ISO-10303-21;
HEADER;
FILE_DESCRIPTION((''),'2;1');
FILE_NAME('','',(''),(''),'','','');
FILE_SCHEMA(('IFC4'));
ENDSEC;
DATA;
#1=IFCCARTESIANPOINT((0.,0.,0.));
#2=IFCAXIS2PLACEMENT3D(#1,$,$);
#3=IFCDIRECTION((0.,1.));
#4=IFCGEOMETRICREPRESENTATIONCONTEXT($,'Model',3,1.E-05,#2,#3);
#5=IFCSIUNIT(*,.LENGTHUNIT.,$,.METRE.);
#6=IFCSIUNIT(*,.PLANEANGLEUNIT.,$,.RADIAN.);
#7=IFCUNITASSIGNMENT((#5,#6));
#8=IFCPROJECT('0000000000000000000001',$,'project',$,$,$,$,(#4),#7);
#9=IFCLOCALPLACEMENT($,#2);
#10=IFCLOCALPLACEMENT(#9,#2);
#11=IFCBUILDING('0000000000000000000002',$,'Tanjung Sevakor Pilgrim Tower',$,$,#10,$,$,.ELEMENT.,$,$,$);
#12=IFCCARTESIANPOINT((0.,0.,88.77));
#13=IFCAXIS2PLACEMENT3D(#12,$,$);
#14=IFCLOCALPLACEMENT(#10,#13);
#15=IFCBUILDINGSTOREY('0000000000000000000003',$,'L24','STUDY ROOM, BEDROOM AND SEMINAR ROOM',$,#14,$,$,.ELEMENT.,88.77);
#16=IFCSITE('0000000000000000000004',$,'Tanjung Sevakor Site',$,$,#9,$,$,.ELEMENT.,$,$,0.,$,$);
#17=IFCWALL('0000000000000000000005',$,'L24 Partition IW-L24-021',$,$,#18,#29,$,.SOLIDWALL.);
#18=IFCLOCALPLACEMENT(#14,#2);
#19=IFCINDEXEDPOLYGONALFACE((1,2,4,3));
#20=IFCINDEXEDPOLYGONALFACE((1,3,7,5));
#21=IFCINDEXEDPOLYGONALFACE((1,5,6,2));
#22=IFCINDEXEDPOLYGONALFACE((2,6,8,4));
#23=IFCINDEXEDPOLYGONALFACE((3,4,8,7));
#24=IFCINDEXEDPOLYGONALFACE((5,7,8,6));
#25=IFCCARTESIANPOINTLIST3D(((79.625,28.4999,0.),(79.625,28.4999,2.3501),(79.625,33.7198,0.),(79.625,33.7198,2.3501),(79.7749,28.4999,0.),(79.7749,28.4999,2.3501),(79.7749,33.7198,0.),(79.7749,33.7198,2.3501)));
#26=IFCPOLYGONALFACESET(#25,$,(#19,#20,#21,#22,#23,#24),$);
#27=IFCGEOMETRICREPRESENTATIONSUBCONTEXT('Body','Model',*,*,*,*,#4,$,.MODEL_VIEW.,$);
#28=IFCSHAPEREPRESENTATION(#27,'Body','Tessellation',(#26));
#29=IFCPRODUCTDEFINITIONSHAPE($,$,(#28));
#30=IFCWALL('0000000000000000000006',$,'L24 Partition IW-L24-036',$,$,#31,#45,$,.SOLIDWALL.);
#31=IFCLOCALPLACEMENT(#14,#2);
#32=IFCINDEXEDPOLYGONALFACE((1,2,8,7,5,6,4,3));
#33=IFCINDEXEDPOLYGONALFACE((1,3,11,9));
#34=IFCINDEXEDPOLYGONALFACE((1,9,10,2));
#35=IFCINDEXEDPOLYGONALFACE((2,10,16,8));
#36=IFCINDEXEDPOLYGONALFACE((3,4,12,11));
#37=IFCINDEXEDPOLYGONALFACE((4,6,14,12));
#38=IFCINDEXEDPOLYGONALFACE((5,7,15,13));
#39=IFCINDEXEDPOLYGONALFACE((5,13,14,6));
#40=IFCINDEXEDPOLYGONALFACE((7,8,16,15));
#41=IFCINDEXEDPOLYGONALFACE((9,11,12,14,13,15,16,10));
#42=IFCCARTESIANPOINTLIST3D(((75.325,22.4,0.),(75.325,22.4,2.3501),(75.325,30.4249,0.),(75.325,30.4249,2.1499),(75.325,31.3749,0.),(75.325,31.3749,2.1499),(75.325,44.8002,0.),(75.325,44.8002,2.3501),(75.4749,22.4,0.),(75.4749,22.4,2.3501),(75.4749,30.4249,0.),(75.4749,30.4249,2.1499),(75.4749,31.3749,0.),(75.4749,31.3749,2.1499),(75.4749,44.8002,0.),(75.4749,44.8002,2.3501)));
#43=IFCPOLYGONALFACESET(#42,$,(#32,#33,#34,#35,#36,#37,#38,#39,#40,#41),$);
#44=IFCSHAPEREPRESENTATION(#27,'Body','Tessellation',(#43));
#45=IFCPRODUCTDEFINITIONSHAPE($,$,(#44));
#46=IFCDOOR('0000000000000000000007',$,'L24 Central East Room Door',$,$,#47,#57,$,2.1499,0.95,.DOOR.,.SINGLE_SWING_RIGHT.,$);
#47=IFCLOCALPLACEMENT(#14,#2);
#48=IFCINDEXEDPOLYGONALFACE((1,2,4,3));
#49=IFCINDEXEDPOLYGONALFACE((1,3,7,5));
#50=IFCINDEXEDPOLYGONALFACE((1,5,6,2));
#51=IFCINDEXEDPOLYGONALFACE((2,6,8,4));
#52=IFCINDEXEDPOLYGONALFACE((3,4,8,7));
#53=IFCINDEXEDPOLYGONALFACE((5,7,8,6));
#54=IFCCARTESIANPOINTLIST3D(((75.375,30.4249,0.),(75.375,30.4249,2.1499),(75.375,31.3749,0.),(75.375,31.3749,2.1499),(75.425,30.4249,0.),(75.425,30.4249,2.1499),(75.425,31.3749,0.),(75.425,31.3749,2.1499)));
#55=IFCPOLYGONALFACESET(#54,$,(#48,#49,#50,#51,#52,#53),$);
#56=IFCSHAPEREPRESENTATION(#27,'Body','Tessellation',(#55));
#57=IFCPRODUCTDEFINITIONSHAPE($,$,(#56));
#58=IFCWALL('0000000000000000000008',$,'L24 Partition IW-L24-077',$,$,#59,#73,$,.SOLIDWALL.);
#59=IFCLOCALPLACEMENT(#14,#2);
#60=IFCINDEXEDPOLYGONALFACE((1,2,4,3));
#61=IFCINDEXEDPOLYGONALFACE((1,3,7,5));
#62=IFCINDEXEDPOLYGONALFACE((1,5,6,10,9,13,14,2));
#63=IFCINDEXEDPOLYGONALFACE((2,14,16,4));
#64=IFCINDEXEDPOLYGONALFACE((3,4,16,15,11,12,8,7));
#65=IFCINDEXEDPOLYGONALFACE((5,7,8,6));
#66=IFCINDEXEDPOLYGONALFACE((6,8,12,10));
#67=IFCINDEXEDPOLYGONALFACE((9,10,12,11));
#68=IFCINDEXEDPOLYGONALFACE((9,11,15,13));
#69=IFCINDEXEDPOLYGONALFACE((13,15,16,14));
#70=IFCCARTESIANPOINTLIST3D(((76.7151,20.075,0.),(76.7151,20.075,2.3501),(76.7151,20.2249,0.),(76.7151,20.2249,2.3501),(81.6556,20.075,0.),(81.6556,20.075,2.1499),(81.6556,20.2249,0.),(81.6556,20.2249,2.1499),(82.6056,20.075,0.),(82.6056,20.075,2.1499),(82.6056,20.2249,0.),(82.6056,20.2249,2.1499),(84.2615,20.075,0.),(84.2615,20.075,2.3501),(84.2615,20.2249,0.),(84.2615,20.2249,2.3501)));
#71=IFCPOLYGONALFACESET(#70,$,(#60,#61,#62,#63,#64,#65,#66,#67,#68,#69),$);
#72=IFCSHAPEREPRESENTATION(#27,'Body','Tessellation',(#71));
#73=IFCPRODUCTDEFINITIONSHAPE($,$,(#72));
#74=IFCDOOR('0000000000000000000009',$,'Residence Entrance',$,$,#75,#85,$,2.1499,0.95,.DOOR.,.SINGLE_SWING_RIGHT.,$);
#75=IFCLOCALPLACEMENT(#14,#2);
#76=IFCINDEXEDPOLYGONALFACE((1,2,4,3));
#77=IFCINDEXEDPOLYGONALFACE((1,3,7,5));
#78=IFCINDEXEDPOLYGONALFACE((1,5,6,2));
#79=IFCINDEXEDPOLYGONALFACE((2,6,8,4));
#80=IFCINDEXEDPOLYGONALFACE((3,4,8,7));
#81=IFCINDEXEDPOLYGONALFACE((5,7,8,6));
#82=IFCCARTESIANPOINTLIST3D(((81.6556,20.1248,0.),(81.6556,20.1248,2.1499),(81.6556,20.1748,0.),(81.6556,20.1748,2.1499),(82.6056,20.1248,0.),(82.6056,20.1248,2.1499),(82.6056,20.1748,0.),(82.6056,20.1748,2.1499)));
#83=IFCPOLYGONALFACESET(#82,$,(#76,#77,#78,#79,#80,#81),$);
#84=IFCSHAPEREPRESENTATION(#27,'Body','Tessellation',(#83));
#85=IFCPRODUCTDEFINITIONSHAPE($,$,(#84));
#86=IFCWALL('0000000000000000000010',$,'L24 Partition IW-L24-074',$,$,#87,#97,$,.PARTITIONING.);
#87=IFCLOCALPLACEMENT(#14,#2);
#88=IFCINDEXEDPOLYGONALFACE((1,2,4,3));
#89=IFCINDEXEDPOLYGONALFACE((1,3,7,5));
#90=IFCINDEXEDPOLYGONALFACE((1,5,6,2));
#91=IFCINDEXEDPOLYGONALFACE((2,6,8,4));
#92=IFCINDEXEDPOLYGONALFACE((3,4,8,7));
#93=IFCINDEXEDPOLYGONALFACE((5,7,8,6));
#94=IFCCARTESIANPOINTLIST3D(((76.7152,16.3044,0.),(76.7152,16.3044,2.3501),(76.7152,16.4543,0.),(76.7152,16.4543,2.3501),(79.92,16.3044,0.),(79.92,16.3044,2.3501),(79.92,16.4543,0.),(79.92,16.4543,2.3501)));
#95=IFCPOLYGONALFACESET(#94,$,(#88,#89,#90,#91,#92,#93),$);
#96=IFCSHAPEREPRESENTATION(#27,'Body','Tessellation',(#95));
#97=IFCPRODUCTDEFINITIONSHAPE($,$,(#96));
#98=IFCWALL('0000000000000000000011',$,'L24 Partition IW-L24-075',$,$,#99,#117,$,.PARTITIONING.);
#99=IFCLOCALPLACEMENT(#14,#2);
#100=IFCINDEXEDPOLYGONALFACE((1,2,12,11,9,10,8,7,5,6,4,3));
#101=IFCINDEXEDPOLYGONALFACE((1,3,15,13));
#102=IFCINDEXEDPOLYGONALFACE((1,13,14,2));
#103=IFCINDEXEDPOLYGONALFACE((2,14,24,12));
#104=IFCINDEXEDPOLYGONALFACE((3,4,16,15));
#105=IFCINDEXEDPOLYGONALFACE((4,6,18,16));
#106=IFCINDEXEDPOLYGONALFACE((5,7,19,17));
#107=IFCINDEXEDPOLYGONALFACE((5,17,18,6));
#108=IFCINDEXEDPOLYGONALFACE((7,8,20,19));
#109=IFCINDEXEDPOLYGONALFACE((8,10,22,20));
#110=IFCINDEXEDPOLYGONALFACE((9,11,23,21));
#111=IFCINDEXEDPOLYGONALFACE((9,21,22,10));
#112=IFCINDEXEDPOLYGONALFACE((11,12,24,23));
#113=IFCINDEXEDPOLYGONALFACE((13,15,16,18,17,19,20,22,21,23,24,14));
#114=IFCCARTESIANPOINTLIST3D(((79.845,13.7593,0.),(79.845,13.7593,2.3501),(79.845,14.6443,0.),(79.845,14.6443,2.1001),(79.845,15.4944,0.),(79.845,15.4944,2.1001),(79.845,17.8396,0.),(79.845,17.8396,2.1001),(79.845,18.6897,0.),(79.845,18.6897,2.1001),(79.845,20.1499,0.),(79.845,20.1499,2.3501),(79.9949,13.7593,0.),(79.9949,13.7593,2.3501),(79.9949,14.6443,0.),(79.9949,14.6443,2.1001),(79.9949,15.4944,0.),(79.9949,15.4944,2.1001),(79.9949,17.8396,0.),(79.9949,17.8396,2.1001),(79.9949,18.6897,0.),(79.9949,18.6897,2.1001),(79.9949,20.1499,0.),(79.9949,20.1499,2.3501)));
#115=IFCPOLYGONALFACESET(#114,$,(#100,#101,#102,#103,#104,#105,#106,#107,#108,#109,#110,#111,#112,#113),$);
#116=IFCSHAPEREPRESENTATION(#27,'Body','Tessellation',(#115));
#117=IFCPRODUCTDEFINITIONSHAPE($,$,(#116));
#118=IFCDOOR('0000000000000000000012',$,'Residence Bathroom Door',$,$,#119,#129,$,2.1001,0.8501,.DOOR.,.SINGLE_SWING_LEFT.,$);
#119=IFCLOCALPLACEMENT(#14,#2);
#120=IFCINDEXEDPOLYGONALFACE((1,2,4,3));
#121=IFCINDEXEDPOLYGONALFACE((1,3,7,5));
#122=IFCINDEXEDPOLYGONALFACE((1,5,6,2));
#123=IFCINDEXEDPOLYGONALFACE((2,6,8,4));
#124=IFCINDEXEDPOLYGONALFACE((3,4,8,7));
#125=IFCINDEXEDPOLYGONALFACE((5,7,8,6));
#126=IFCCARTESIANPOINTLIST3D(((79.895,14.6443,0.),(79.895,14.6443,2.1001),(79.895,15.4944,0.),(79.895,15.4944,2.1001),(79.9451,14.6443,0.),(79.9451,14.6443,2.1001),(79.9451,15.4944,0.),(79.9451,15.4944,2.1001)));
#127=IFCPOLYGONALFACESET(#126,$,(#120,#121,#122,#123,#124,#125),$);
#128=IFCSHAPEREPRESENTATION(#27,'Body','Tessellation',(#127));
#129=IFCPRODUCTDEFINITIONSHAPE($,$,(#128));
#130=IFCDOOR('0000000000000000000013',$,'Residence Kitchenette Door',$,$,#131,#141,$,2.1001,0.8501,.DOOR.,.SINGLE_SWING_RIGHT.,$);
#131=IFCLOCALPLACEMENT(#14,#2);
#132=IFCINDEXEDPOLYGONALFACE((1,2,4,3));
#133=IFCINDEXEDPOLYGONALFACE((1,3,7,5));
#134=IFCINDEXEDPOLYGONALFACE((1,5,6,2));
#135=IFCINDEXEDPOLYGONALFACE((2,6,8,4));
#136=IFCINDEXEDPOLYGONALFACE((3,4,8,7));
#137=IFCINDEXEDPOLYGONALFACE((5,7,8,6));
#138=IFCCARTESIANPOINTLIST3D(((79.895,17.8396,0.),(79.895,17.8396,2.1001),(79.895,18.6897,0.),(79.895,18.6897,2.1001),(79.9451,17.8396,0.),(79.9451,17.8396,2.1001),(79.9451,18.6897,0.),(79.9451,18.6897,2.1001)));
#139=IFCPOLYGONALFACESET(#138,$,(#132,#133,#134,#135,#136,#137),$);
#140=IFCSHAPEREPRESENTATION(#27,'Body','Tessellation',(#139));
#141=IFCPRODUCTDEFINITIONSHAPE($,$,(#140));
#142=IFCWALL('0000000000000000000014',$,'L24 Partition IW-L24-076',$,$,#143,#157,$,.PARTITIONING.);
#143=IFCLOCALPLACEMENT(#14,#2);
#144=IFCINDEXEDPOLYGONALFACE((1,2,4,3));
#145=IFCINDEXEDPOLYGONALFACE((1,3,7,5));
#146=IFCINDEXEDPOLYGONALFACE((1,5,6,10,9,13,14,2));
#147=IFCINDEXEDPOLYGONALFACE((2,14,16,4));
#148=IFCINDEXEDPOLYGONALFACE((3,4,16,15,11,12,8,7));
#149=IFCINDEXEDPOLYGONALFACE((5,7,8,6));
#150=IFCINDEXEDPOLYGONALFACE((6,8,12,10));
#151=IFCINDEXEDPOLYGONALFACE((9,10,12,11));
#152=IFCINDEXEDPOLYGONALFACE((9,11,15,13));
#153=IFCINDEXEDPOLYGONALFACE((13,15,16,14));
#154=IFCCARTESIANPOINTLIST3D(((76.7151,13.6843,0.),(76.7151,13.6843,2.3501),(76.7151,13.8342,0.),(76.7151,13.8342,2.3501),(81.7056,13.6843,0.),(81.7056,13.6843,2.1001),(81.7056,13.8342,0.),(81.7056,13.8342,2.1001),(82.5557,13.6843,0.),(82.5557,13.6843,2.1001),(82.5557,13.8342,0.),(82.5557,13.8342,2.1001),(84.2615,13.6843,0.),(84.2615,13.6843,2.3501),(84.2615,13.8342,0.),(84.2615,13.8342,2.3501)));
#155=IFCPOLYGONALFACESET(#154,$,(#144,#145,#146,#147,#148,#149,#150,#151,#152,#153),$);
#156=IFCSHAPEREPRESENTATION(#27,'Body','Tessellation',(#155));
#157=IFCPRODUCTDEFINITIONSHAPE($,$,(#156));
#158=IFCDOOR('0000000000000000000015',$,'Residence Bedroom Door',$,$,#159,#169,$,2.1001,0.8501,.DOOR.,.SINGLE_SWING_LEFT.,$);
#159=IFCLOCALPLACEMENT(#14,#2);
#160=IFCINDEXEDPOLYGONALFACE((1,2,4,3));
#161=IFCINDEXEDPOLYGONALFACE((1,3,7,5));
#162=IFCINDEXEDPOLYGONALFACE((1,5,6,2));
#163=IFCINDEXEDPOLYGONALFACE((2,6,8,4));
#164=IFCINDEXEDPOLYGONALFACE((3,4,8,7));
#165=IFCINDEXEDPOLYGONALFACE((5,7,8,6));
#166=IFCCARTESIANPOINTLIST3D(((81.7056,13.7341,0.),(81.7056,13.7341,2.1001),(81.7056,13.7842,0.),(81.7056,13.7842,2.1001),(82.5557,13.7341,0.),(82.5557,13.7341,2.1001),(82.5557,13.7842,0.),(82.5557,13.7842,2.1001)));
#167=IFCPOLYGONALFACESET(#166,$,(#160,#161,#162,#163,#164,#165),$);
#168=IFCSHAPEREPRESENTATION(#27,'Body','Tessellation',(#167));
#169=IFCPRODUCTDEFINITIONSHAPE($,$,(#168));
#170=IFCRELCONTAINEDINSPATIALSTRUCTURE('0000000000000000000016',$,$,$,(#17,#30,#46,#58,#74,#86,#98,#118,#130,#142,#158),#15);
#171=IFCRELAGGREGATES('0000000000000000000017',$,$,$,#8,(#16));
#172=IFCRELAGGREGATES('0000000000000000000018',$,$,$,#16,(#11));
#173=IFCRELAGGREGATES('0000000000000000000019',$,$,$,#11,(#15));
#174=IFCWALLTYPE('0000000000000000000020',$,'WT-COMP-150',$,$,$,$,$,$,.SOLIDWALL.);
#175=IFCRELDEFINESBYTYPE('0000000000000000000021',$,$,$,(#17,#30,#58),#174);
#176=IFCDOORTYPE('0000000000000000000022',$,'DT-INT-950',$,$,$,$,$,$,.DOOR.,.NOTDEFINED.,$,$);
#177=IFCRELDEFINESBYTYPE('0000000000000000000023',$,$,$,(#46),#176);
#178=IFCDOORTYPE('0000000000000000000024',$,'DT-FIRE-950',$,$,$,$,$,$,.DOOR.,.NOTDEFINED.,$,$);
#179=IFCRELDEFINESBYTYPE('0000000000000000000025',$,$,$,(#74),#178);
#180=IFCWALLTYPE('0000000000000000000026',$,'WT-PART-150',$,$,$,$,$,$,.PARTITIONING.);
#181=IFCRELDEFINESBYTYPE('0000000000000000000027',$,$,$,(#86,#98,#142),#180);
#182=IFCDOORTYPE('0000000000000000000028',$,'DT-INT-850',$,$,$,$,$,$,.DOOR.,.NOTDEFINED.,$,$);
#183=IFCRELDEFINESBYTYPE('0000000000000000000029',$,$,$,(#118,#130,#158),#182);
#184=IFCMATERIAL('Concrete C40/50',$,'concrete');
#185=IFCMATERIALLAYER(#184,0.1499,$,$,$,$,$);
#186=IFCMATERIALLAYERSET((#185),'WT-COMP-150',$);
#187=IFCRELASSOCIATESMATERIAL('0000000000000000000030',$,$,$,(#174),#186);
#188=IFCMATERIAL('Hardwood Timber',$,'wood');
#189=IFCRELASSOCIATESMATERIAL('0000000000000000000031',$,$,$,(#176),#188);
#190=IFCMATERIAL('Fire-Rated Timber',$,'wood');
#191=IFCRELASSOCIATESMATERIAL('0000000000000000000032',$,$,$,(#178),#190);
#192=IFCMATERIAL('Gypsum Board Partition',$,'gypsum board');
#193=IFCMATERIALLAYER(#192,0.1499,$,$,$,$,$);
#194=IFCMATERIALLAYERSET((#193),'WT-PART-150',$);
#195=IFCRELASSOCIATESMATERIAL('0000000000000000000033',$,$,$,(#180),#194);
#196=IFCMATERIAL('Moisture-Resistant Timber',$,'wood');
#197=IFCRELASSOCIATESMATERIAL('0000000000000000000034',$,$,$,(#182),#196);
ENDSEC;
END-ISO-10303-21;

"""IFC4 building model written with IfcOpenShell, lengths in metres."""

from ifc_helpers import new_model, si_unit, direction, frame, frame_2d, origin, place, context, subcontext, project, spatial, rectangle, extrude, material, layer, layer_set, type_object, element, fill, save


model = new_model("IFC4")

# Units and contexts
model_context = context("Model", 3, precision=1e-05, world=origin(), true_north=direction((0.0, 1.0)))
body_context = subcontext(model_context, "Body", "Model", "MODEL_VIEW")
ifc_project = project(units=[si_unit("LENGTHUNIT", "METRE"), si_unit("PLANEANGLEUNIT", "RADIAN")], contexts=[model_context])

# Site, building, storey
site_placement = place(None, origin())
site = spatial("IfcSite", under=ifc_project, at=site_placement, Name="Tanjung Sevakor Site", CompositionType="ELEMENT", RefElevation=0.0)
building_placement = place(site_placement, origin())
building = spatial("IfcBuilding", under=site, at=building_placement, Name="Tanjung Sevakor Pilgrim Tower", CompositionType="ELEMENT")
storey_placement = place(building_placement, frame((0.0, 0.0, 88.77)))
storey = spatial("IfcBuildingStorey", under=building, at=storey_placement, Name="L24", Description="STUDY ROOM, BEDROOM AND SEMINAR ROOM", CompositionType="ELEMENT", Elevation=88.77)

# Wall
ifc_material_1 = material(Name="Concrete C40/50", Category="concrete")
ifc_layer_1 = layer(ifc_material_1, 0.1499)
ifc_layer_set_1 = layer_set([ifc_layer_1], Name="WT-COMP-150")
wall_type_1 = type_object("IfcWallType", Name="WT-COMP-150", PredefinedType="SOLIDWALL", material=ifc_layer_set_1)
wall_1_placement = place(storey_placement, frame((79.7, 28.5, 0.0), z_axis=(0.0, 0.0, 1.0), x_axis=(0.0, 1.0, 0.0)))
element("IfcWall", 1, at=wall_1_placement, inside=storey, type_object=wall_type_1, Name="L24 Partition IW-L24-021", PredefinedType="SOLIDWALL", context=body_context, shape_type="SweptSolid", body=[
    extrude(rectangle(XDim=5.22, YDim=0.1499, at=frame_2d((2.6099, 0.0))), origin(), (0.0, 0.0, 1.0), 2.3501),
])

# Walls, openings, doors
wall_2_placement = place(storey_placement, frame((75.3999, 22.3999, 0.0), z_axis=(0.0, 0.0, 1.0), x_axis=(0.0, 1.0, 0.0)))
wall_2 = element("IfcWall", 2, at=wall_2_placement, inside=storey, type_object=wall_type_1, Name="L24 Partition IW-L24-036", PredefinedType="SOLIDWALL", context=body_context, shape_type="SweptSolid", body=[
    extrude(rectangle(XDim=22.4001, YDim=0.1499, at=frame_2d((11.2002, 0.0))), origin(), (0.0, 0.0, 1.0), 2.3501),
])
opening_1_placement = place(wall_2_placement, frame((8.0249, 0.0, 0.0)))
opening_1 = element("IfcOpeningElement", 3, at=opening_1_placement, cuts=wall_2, PredefinedType="OPENING", context=body_context, shape_type="SweptSolid", body=[
    extrude(rectangle(XDim=0.95, YDim=2.1499, at=frame_2d((0.4751, 1.075))), frame((0.0, 0.085, 0.0), z_axis=(0.0, -1.0, 0.0), x_axis=(1.0, 0.0, 0.0)), (0.0, 0.0, 1.0), 0.1699),
])
ifc_material_2 = material(Name="Hardwood Timber", Category="wood")
door_type_1 = type_object("IfcDoorType", Name="DT-INT-950", OperationType="NOTDEFINED", PredefinedType="DOOR", material=ifc_material_2)
door_1_placement = place(opening_1_placement, origin())
door_1 = element("IfcDoor", 4, at=door_1_placement, inside=storey, type_object=door_type_1, Name="L24 Central East Room Door", OperationType="SINGLE_SWING_RIGHT", OverallHeight=2.1499, OverallWidth=0.95, PredefinedType="DOOR", context=body_context, shape_type="SweptSolid", body=[
    extrude(rectangle(XDim=0.95, YDim=2.1499, at=frame_2d((0.4751, 1.075))), frame((0.0, 0.0249, 0.0), z_axis=(0.0, -1.0, 0.0), x_axis=(1.0, 0.0, 0.0)), (0.0, 0.0, 1.0), 0.05),
])
fill(opening_1, door_1)
wall_3_placement = place(storey_placement, frame((76.7151, 20.1499, 0.0), z_axis=(0.0, 0.0, 1.0), x_axis=(1.0, 0.0, 0.0)))
wall_3 = element("IfcWall", 5, at=wall_3_placement, inside=storey, type_object=wall_type_1, Name="L24 Partition IW-L24-077", PredefinedType="SOLIDWALL", context=body_context, shape_type="SweptSolid", body=[
    extrude(rectangle(XDim=7.5464, YDim=0.1499, at=frame_2d((3.7732, 0.0))), origin(), (0.0, 0.0, 1.0), 2.3501),
])
opening_2_placement = place(wall_3_placement, frame((4.9404, 0.0, 0.0)))
opening_2 = element("IfcOpeningElement", 6, at=opening_2_placement, cuts=wall_3, PredefinedType="OPENING", context=body_context, shape_type="SweptSolid", body=[
    extrude(rectangle(XDim=0.95, YDim=2.1499, at=frame_2d((0.4751, 1.075))), frame((0.0, 0.085, 0.0), z_axis=(0.0, -1.0, 0.0), x_axis=(1.0, 0.0, 0.0)), (0.0, 0.0, 1.0), 0.1699),
])
ifc_material_3 = material(Name="Fire-Rated Timber", Category="wood")
door_type_2 = type_object("IfcDoorType", Name="DT-FIRE-950", OperationType="NOTDEFINED", PredefinedType="DOOR", material=ifc_material_3)
door_2_placement = place(opening_2_placement, origin())
door_2 = element("IfcDoor", 7, at=door_2_placement, inside=storey, type_object=door_type_2, Name="Residence Entrance", OperationType="SINGLE_SWING_RIGHT", OverallHeight=2.1499, OverallWidth=0.95, PredefinedType="DOOR", context=body_context, shape_type="SweptSolid", body=[
    extrude(rectangle(XDim=0.95, YDim=2.1499, at=frame_2d((0.4751, 1.075))), frame((0.0, 0.0249, 0.0), z_axis=(0.0, -1.0, 0.0), x_axis=(1.0, 0.0, 0.0)), (0.0, 0.0, 1.0), 0.05),
])
fill(opening_2, door_2)

# Wall
ifc_material_4 = material(Name="Gypsum Board Partition", Category="gypsum board")
ifc_layer_2 = layer(ifc_material_4, 0.1499)
ifc_layer_set_2 = layer_set([ifc_layer_2], Name="WT-PART-150")
wall_type_2 = type_object("IfcWallType", Name="WT-PART-150", PredefinedType="PARTITIONING", material=ifc_layer_set_2)
wall_4_placement = place(storey_placement, frame((76.7151, 16.3794, 0.0), z_axis=(0.0, 0.0, 1.0), x_axis=(1.0, 0.0, 0.0)))
element("IfcWall", 8, at=wall_4_placement, inside=storey, type_object=wall_type_2, Name="L24 Partition IW-L24-074", PredefinedType="PARTITIONING", context=body_context, shape_type="SweptSolid", body=[
    extrude(rectangle(XDim=3.2048, YDim=0.1499, at=frame_2d((1.6025, 0.0))), origin(), (0.0, 0.0, 1.0), 2.3501),
])

# Wall, openings, doors
wall_5_placement = place(storey_placement, frame((79.9199, 13.7593, 0.0), z_axis=(0.0, 0.0, 1.0), x_axis=(0.0, 1.0, 0.0)))
wall_5 = element("IfcWall", 9, at=wall_5_placement, inside=storey, type_object=wall_type_2, Name="L24 Partition IW-L24-075", PredefinedType="PARTITIONING", context=body_context, shape_type="SweptSolid", body=[
    extrude(rectangle(XDim=6.3906, YDim=0.1499, at=frame_2d((3.1953, 0.0))), origin(), (0.0, 0.0, 1.0), 2.3501),
])
opening_3_placement = place(wall_5_placement, frame((0.885, 0.0, 0.0)))
opening_3 = element("IfcOpeningElement", 10, at=opening_3_placement, cuts=wall_5, PredefinedType="OPENING", context=body_context, shape_type="SweptSolid", body=[
    extrude(rectangle(XDim=0.8501, YDim=2.1001, at=frame_2d((0.425, 1.05))), frame((0.0, 0.085, 0.0), z_axis=(0.0, -1.0, 0.0), x_axis=(1.0, 0.0, 0.0)), (0.0, 0.0, 1.0), 0.1699),
])
opening_4_placement = place(wall_5_placement, frame((4.0803, 0.0, 0.0)))
opening_4 = element("IfcOpeningElement", 11, at=opening_4_placement, cuts=wall_5, PredefinedType="OPENING", context=body_context, shape_type="SweptSolid", body=[
    extrude(rectangle(XDim=0.8501, YDim=2.1001, at=frame_2d((0.425, 1.05))), frame((0.0, 0.085, 0.0), z_axis=(0.0, -1.0, 0.0), x_axis=(1.0, 0.0, 0.0)), (0.0, 0.0, 1.0), 0.1699),
])
ifc_material_5 = material(Name="Moisture-Resistant Timber", Category="wood")
door_type_3 = type_object("IfcDoorType", Name="DT-INT-850", OperationType="NOTDEFINED", PredefinedType="DOOR", material=ifc_material_5)
door_3_placement = place(opening_3_placement, origin())
door_3 = element("IfcDoor", 12, at=door_3_placement, inside=storey, type_object=door_type_3, Name="Residence Bathroom Door", OperationType="SINGLE_SWING_LEFT", OverallHeight=2.1001, OverallWidth=0.8501, PredefinedType="DOOR", context=body_context, shape_type="SweptSolid", body=[
    extrude(rectangle(XDim=0.8501, YDim=2.1001, at=frame_2d((0.425, 1.05))), frame((0.0, 0.0249, 0.0), z_axis=(0.0, -1.0, 0.0), x_axis=(1.0, 0.0, 0.0)), (0.0, 0.0, 1.0), 0.05),
])
fill(opening_3, door_3)
door_4_placement = place(opening_4_placement, origin())
door_4 = element("IfcDoor", 13, at=door_4_placement, inside=storey, type_object=door_type_3, Name="Residence Kitchenette Door", OperationType="SINGLE_SWING_RIGHT", OverallHeight=2.1001, OverallWidth=0.8501, PredefinedType="DOOR", context=body_context, shape_type="SweptSolid", body=[
    extrude(rectangle(XDim=0.8501, YDim=2.1001, at=frame_2d((0.425, 1.05))), frame((0.0, 0.0249, 0.0), z_axis=(0.0, -1.0, 0.0), x_axis=(1.0, 0.0, 0.0)), (0.0, 0.0, 1.0), 0.05),
])
fill(opening_4, door_4)

# Wall, opening, door
wall_6_placement = place(storey_placement, frame((76.7151, 13.7593, 0.0), z_axis=(0.0, 0.0, 1.0), x_axis=(1.0, 0.0, 0.0)))
wall_6 = element("IfcWall", 14, at=wall_6_placement, inside=storey, type_object=wall_type_2, Name="L24 Partition IW-L24-076", PredefinedType="PARTITIONING", context=body_context, shape_type="SweptSolid", body=[
    extrude(rectangle(XDim=7.5464, YDim=0.1499, at=frame_2d((3.7732, 0.0))), origin(), (0.0, 0.0, 1.0), 2.3501),
])
opening_5_placement = place(wall_6_placement, frame((4.9905, 0.0, 0.0)))
opening_5 = element("IfcOpeningElement", 15, at=opening_5_placement, cuts=wall_6, PredefinedType="OPENING", context=body_context, shape_type="SweptSolid", body=[
    extrude(rectangle(XDim=0.8501, YDim=2.1001, at=frame_2d((0.425, 1.05))), frame((0.0, 0.085, 0.0), z_axis=(0.0, -1.0, 0.0), x_axis=(1.0, 0.0, 0.0)), (0.0, 0.0, 1.0), 0.1699),
])
door_5_placement = place(opening_5_placement, origin())
door_5 = element("IfcDoor", 16, at=door_5_placement, inside=storey, type_object=door_type_3, Name="Residence Bedroom Door", OperationType="SINGLE_SWING_LEFT", OverallHeight=2.1001, OverallWidth=0.8501, PredefinedType="DOOR", context=body_context, shape_type="SweptSolid", body=[
    extrude(rectangle(XDim=0.8501, YDim=2.1001, at=frame_2d((0.425, 1.05))), frame((0.0, 0.0249, 0.0), z_axis=(0.0, -1.0, 0.0), x_axis=(1.0, 0.0, 0.0)), (0.0, 0.0, 1.0), 0.05),
])
fill(opening_5, door_5)

save(model, "model.ifc")
